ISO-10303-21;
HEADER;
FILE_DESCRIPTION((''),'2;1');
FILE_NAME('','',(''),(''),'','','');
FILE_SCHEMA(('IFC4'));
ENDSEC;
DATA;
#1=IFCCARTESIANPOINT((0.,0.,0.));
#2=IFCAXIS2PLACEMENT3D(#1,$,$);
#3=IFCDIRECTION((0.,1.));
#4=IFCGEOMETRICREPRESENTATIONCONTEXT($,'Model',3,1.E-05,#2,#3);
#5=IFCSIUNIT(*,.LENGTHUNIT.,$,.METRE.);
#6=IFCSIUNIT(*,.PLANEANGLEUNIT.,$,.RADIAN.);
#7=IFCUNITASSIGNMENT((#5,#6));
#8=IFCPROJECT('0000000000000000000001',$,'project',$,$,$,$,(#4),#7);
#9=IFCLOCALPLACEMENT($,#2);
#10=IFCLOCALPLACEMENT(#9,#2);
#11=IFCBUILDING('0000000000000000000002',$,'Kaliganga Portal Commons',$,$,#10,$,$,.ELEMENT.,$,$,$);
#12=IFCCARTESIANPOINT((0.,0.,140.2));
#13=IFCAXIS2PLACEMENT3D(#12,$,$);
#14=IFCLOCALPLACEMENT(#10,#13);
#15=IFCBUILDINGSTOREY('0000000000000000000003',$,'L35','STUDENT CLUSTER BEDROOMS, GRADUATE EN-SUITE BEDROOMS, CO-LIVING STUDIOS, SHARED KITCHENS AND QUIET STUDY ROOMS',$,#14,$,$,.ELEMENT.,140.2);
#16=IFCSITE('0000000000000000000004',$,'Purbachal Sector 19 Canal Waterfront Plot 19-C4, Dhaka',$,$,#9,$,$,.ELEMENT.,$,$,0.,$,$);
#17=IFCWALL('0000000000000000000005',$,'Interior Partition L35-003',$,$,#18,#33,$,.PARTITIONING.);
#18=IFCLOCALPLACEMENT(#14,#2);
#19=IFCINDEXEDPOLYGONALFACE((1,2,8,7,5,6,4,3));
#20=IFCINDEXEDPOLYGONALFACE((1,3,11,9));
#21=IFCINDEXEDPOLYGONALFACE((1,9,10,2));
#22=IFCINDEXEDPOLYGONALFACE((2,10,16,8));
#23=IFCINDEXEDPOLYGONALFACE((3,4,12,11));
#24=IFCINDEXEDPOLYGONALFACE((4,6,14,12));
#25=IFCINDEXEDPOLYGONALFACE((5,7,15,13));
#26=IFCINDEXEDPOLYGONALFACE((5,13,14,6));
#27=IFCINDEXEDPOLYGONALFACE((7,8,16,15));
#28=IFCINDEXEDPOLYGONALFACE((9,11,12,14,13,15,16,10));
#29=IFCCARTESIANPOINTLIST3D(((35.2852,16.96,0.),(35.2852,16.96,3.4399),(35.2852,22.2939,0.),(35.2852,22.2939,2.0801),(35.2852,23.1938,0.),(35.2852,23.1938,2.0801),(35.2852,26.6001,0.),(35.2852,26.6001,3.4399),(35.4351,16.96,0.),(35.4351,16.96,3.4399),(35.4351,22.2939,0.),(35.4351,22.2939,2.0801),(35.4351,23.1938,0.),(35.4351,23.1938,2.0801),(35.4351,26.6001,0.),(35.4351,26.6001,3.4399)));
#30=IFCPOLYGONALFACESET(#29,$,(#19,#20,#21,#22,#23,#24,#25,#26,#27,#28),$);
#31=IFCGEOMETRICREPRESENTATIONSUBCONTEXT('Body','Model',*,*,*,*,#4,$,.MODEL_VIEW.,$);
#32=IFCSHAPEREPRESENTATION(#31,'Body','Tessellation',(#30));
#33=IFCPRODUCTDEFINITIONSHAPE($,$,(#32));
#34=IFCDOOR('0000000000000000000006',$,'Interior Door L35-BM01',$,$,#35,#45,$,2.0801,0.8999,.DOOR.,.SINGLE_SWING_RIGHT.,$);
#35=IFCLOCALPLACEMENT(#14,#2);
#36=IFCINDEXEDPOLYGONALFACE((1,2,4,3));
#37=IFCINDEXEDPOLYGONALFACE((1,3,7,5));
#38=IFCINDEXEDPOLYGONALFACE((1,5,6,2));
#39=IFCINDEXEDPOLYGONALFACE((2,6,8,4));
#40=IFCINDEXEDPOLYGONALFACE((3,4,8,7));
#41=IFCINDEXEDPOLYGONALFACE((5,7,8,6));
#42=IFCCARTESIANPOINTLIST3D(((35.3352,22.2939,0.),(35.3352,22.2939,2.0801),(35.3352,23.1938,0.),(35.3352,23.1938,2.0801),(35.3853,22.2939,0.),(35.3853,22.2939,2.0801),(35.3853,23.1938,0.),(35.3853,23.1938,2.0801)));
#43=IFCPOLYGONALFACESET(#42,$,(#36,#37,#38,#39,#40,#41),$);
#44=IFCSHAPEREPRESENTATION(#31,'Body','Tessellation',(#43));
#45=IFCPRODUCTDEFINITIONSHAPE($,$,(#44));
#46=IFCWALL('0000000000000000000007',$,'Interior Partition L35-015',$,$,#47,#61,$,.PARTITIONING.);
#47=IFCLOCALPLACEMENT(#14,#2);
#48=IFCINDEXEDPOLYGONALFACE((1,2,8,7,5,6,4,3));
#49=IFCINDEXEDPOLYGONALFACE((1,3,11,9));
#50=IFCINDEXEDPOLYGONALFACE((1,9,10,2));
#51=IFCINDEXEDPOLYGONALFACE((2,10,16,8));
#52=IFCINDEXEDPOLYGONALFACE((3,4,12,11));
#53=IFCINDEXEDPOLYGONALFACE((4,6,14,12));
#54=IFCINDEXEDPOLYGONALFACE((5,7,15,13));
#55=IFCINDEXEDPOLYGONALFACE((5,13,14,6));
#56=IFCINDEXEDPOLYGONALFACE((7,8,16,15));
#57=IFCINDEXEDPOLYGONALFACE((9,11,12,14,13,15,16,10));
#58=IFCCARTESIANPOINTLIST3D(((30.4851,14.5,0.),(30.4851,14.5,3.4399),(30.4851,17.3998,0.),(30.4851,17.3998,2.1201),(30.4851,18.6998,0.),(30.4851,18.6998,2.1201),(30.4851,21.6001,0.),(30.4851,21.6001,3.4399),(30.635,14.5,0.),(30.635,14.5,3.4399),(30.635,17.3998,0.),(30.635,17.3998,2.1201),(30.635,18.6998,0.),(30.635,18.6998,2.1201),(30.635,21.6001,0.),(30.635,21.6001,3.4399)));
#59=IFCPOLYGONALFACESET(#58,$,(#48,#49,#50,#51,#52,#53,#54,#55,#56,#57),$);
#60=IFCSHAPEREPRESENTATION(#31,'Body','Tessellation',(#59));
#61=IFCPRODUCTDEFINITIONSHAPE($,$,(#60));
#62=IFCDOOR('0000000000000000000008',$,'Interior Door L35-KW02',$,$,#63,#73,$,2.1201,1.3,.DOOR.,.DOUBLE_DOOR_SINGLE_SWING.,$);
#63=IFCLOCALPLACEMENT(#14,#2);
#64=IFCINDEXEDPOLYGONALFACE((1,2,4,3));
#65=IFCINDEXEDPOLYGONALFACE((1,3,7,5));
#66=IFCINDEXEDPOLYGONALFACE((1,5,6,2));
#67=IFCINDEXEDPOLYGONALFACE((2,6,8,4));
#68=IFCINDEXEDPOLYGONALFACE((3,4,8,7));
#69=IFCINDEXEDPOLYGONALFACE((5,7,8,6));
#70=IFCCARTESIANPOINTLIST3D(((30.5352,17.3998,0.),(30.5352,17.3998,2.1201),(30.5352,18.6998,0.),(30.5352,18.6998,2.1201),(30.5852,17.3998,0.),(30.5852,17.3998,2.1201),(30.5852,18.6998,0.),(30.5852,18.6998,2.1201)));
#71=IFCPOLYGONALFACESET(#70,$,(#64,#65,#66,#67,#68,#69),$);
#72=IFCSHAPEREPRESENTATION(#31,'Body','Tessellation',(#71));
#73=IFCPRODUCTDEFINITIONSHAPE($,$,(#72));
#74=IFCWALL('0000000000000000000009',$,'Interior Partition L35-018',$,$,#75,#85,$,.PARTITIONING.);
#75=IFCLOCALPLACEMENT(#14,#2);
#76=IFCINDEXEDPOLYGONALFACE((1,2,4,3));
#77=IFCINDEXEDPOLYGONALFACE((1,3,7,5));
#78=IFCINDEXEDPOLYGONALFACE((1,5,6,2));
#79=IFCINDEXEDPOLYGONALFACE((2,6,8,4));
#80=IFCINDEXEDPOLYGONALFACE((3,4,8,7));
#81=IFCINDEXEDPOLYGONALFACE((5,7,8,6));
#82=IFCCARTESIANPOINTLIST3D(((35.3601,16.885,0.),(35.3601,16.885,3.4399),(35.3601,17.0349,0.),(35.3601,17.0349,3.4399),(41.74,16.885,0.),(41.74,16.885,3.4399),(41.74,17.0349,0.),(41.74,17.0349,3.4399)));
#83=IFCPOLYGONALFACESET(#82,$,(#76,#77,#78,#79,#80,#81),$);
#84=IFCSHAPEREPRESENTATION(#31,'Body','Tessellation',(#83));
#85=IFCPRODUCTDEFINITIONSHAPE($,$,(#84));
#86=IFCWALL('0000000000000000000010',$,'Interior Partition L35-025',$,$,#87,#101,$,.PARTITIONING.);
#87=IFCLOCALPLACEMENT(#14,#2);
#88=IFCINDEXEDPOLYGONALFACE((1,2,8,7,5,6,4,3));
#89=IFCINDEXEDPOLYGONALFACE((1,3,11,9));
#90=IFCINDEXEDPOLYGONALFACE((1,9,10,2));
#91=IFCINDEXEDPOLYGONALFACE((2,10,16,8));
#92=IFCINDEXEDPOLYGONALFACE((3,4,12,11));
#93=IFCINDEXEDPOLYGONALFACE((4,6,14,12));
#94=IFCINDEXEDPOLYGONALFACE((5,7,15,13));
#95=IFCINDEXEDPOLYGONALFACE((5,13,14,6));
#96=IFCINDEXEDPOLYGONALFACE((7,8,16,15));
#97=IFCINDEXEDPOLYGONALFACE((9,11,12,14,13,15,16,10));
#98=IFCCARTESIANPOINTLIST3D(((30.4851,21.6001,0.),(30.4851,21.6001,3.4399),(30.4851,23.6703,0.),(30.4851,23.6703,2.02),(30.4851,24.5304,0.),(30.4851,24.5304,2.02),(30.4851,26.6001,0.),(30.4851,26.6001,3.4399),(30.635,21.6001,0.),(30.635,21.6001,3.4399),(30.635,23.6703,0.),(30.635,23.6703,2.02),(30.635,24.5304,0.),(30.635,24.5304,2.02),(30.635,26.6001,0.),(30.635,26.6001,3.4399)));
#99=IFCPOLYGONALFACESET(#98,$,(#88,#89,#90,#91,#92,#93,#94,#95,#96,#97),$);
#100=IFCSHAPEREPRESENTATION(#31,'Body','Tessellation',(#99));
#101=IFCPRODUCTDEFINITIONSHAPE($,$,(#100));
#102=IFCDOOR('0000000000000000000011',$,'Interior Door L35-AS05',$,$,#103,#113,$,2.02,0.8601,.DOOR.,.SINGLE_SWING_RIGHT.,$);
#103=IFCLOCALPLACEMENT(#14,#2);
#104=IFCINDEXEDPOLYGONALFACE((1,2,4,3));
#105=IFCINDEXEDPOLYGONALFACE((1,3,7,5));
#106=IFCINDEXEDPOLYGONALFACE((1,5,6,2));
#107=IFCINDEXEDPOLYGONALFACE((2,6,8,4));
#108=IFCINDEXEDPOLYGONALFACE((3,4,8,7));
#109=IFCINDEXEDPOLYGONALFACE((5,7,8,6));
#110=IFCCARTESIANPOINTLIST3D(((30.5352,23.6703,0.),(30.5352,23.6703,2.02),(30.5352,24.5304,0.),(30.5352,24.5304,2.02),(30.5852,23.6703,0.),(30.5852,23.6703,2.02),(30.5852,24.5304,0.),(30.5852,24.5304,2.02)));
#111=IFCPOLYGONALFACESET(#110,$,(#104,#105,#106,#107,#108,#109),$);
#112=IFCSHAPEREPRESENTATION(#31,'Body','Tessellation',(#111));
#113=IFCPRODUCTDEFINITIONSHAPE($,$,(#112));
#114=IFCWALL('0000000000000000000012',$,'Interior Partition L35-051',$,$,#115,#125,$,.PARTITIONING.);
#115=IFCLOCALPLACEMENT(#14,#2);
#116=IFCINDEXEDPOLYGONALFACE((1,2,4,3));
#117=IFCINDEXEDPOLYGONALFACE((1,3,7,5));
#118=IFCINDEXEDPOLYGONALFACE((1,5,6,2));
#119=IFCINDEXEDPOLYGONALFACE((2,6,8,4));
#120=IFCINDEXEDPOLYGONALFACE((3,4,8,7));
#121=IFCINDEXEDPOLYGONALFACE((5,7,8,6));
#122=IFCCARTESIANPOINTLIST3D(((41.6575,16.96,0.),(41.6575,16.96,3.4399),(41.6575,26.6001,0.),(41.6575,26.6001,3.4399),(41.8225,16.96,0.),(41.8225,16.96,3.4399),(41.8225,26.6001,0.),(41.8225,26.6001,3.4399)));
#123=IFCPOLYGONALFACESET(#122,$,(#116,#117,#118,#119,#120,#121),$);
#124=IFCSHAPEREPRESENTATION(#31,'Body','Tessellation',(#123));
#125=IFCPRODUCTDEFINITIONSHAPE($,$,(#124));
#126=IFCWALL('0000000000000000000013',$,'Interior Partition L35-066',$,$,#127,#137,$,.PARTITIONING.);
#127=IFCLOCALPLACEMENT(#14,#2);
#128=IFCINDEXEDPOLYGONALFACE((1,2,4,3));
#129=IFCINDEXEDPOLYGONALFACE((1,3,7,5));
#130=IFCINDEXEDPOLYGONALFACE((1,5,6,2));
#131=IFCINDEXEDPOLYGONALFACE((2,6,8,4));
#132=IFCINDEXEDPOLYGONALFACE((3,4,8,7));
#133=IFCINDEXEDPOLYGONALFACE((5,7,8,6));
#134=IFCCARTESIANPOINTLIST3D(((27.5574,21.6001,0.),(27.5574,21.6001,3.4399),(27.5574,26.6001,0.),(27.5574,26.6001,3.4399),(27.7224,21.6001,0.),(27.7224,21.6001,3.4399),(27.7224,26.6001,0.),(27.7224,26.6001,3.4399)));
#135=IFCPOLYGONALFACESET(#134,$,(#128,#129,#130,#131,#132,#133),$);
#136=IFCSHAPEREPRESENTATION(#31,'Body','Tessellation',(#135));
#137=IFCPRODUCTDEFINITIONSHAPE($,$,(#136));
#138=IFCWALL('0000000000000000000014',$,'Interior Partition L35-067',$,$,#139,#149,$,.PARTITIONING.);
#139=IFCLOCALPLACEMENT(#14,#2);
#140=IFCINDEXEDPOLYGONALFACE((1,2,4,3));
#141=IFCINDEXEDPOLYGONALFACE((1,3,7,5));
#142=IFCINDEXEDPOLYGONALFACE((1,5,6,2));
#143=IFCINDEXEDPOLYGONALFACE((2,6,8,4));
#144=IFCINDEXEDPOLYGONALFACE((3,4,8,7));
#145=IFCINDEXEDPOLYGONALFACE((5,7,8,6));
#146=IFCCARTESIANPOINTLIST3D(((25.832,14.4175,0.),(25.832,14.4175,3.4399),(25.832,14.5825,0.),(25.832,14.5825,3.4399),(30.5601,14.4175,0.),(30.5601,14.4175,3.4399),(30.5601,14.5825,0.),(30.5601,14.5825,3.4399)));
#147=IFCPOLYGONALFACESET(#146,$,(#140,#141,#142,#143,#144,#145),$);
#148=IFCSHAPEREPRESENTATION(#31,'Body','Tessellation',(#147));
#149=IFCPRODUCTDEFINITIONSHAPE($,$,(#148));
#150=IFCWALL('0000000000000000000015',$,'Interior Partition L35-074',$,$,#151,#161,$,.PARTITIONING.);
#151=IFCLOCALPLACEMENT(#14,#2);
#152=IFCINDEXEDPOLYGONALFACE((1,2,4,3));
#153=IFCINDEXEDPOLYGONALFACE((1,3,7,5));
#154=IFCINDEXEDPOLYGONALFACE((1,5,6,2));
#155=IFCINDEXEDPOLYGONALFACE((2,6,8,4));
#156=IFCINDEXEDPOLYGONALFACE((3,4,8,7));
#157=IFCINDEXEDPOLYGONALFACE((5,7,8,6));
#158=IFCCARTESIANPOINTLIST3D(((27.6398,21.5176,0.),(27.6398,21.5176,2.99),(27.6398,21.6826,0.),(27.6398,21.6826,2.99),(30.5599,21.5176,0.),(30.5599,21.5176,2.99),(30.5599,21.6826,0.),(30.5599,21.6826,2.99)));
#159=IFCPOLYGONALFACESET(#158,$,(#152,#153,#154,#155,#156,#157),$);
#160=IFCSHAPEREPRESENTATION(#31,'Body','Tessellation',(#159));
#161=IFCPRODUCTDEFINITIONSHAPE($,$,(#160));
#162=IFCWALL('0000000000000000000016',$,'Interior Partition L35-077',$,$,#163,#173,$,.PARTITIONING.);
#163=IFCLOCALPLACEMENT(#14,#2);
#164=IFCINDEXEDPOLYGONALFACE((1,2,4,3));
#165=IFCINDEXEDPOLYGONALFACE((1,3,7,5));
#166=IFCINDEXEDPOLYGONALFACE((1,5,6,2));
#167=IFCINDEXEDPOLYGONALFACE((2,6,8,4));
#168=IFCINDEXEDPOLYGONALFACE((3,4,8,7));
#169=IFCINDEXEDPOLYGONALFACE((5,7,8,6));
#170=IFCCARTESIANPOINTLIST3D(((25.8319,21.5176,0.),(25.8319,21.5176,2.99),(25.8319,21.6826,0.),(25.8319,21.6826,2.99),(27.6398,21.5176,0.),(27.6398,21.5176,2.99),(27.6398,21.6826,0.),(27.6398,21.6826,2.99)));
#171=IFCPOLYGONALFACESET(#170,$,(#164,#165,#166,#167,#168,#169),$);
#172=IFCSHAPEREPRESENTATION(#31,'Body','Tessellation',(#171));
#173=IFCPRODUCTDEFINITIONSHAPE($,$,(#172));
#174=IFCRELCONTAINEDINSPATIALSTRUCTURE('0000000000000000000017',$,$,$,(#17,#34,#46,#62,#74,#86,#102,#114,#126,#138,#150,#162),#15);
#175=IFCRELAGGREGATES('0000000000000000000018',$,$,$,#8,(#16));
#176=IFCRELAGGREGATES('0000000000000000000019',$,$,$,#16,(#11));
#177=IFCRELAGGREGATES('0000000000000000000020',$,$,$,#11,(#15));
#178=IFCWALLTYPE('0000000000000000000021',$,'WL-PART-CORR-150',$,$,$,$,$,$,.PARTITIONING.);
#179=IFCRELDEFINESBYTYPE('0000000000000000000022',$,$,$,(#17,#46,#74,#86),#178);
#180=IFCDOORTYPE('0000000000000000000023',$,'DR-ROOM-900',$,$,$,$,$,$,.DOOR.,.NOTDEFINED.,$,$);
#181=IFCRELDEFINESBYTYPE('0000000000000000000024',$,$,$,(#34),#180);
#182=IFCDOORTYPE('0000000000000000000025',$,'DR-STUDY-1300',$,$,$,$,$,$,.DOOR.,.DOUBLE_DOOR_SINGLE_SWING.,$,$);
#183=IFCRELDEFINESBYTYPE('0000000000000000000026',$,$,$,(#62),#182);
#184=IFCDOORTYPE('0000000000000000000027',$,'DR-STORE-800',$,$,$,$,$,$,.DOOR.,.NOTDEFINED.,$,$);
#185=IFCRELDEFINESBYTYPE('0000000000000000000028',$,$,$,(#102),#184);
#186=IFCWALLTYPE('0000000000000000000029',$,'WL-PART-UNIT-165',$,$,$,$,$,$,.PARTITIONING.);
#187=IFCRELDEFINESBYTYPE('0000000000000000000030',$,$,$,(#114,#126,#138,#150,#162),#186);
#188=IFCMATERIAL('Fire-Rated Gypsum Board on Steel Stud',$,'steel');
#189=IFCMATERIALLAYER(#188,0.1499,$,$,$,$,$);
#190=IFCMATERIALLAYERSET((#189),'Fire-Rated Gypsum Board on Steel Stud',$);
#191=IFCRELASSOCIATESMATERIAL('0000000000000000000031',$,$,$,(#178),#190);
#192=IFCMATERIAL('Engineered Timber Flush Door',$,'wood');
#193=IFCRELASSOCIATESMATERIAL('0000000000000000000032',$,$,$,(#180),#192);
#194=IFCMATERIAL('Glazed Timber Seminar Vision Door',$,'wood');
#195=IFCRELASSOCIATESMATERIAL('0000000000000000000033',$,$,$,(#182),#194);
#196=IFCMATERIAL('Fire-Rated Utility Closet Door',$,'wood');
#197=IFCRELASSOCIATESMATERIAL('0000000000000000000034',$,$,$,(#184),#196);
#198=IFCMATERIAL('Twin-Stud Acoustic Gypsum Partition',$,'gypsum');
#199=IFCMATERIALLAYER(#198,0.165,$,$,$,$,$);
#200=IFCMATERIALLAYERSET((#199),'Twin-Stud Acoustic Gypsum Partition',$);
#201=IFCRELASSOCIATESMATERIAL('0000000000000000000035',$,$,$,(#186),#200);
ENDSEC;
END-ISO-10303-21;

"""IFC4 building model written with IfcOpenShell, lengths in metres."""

from ifc_helpers import new_model, si_unit, direction, frame, frame_2d, origin, place, context, subcontext, project, spatial, rectangle, extrude, material, layer, layer_set, type_object, element, fill, save


model = new_model("IFC4")

# Units and contexts
model_context = context("Model", 3, precision=1e-05, world=origin(), true_north=direction((0.0, 1.0)))
body_context = subcontext(model_context, "Body", "Model", "MODEL_VIEW")
ifc_project = project(units=[si_unit("LENGTHUNIT", "METRE"), si_unit("PLANEANGLEUNIT", "RADIAN")], contexts=[model_context])

# Site, building, storey
site_placement = place(None, origin())
site = spatial("IfcSite", under=ifc_project, at=site_placement, Name="Purbachal Sector 19 Canal Waterfront Plot 19-C4, Dhaka", CompositionType="ELEMENT", RefElevation=0.0)
building_placement = place(site_placement, origin())
building = spatial("IfcBuilding", under=site, at=building_placement, Name="Kaliganga Portal Commons", CompositionType="ELEMENT")
storey_placement = place(building_placement, frame((0.0, 0.0, 140.2)))
storey = spatial("IfcBuildingStorey", under=building, at=storey_placement, Name="L35", Description="STUDENT CLUSTER BEDROOMS, GRADUATE EN-SUITE BEDROOMS, CO-LIVING STUDIOS, SHARED KITCHENS AND QUIET STUDY ROOMS", CompositionType="ELEMENT", Elevation=140.2)

# Walls, openings, doors
ifc_material_1 = material(Name="Fire-Rated Gypsum Board on Steel Stud", Category="steel")
ifc_layer_1 = layer(ifc_material_1, 0.1499)
ifc_layer_set_1 = layer_set([ifc_layer_1], Name="Fire-Rated Gypsum Board on Steel Stud")
wall_type_1 = type_object("IfcWallType", Name="WL-PART-CORR-150", PredefinedType="PARTITIONING", material=ifc_layer_set_1)
wall_1_placement = place(storey_placement, frame((35.3601, 16.96, 0.0), z_axis=(0.0, 0.0, 1.0), x_axis=(0.0, 1.0, 0.0)))
wall_1 = element("IfcWall", 1, at=wall_1_placement, inside=storey, type_object=wall_type_1, Name="Interior Partition L35-003", PredefinedType="PARTITIONING", context=body_context, shape_type="SweptSolid", body=[
    extrude(rectangle(XDim=9.6401, YDim=0.1499, at=frame_2d((4.8201, 0.0))), origin(), (0.0, 0.0, 1.0), 3.4399),
])
opening_1_placement = place(wall_1_placement, frame((5.334, 0.0, 0.0)))
opening_1 = element("IfcOpeningElement", 2, at=opening_1_placement, cuts=wall_1, PredefinedType="OPENING", context=body_context, shape_type="SweptSolid", body=[
    extrude(rectangle(XDim=0.8999, YDim=2.0801, at=frame_2d((0.45, 1.04))), frame((0.0, 0.085, 0.0), z_axis=(0.0, -1.0, 0.0), x_axis=(1.0, 0.0, 0.0)), (0.0, 0.0, 1.0), 0.1699),
])
ifc_material_2 = material(Name="Engineered Timber Flush Door", Category="wood")
door_type_1 = type_object("IfcDoorType", Name="DR-ROOM-900", OperationType="NOTDEFINED", PredefinedType="DOOR", material=ifc_material_2)
door_1_placement = place(opening_1_placement, origin())
door_1 = element("IfcDoor", 3, at=door_1_placement, inside=storey, type_object=door_type_1, Name="Interior Door L35-BM01", OperationType="SINGLE_SWING_RIGHT", OverallHeight=2.0801, OverallWidth=0.8999, PredefinedType="DOOR", context=body_context, shape_type="SweptSolid", body=[
    extrude(rectangle(XDim=0.8999, YDim=2.0801, at=frame_2d((0.45, 1.04))), frame((0.0, 0.0249, 0.0), z_axis=(0.0, -1.0, 0.0), x_axis=(1.0, 0.0, 0.0)), (0.0, 0.0, 1.0), 0.05),
])
fill(opening_1, door_1)
wall_2_placement = place(storey_placement, frame((30.5601, 14.5, 0.0), z_axis=(0.0, 0.0, 1.0), x_axis=(0.0, 1.0, 0.0)))
wall_2 = element("IfcWall", 4, at=wall_2_placement, inside=storey, type_object=wall_type_1, Name="Interior Partition L35-015", PredefinedType="PARTITIONING", context=body_context, shape_type="SweptSolid", body=[
    extrude(rectangle(XDim=7.1001, YDim=0.1499, at=frame_2d((3.55, 0.0))), origin(), (0.0, 0.0, 1.0), 3.4399),
])
opening_2_placement = place(wall_2_placement, frame((2.8999, 0.0, 0.0)))
opening_2 = element("IfcOpeningElement", 5, at=opening_2_placement, cuts=wall_2, PredefinedType="OPENING", context=body_context, shape_type="SweptSolid", body=[
    extrude(rectangle(XDim=1.3, YDim=2.1201, at=frame_2d((0.6499, 1.0601))), frame((0.0, 0.085, 0.0), z_axis=(0.0, -1.0, 0.0), x_axis=(1.0, 0.0, 0.0)), (0.0, 0.0, 1.0), 0.1699),
])
ifc_material_3 = material(Name="Glazed Timber Seminar Vision Door", Category="wood")
door_type_2 = type_object("IfcDoorType", Name="DR-STUDY-1300", OperationType="DOUBLE_DOOR_SINGLE_SWING", PredefinedType="DOOR", material=ifc_material_3)
door_2_placement = place(opening_2_placement, origin())
door_2 = element("IfcDoor", 6, at=door_2_placement, inside=storey, type_object=door_type_2, Name="Interior Door L35-KW02", OperationType="DOUBLE_DOOR_SINGLE_SWING", OverallHeight=2.1201, OverallWidth=1.3, PredefinedType="DOOR", context=body_context, shape_type="SweptSolid", body=[
    extrude(rectangle(XDim=1.3, YDim=2.1201, at=frame_2d((0.6499, 1.0601))), frame((0.0, 0.0249, 0.0), z_axis=(0.0, -1.0, 0.0), x_axis=(1.0, 0.0, 0.0)), (0.0, 0.0, 1.0), 0.05),
])
fill(opening_2, door_2)

# Wall
wall_3_placement = place(storey_placement, frame((35.3601, 16.96, 0.0), z_axis=(0.0, 0.0, 1.0), x_axis=(1.0, 0.0, 0.0)))
element("IfcWall", 7, at=wall_3_placement, inside=storey, type_object=wall_type_1, Name="Interior Partition L35-018", PredefinedType="PARTITIONING", context=body_context, shape_type="SweptSolid", body=[
    extrude(rectangle(XDim=6.3799, YDim=0.1499, at=frame_2d((3.1899, 0.0))), origin(), (0.0, 0.0, 1.0), 3.4399),
])

# Wall, opening, door
wall_4_placement = place(storey_placement, frame((30.5601, 21.6001, 0.0), z_axis=(0.0, 0.0, 1.0), x_axis=(0.0, 1.0, 0.0)))
wall_4 = element("IfcWall", 8, at=wall_4_placement, inside=storey, type_object=wall_type_1, Name="Interior Partition L35-025", PredefinedType="PARTITIONING", context=body_context, shape_type="SweptSolid", body=[
    extrude(rectangle(XDim=5.0, YDim=0.1499, at=frame_2d((2.5, 0.0))), origin(), (0.0, 0.0, 1.0), 3.4399),
])
opening_3_placement = place(wall_4_placement, frame((2.0701, 0.0, 0.0)))
opening_3 = element("IfcOpeningElement", 9, at=opening_3_placement, cuts=wall_4, PredefinedType="OPENING", context=body_context, shape_type="SweptSolid", body=[
    extrude(rectangle(XDim=0.8601, YDim=2.02, at=frame_2d((0.4302, 1.01))), frame((0.0, 0.085, 0.0), z_axis=(0.0, -1.0, 0.0), x_axis=(1.0, 0.0, 0.0)), (0.0, 0.0, 1.0), 0.1699),
])
ifc_material_4 = material(Name="Fire-Rated Utility Closet Door", Category="wood")
door_type_3 = type_object("IfcDoorType", Name="DR-STORE-800", OperationType="NOTDEFINED", PredefinedType="DOOR", material=ifc_material_4)
door_3_placement = place(opening_3_placement, origin())
door_3 = element("IfcDoor", 10, at=door_3_placement, inside=storey, type_object=door_type_3, Name="Interior Door L35-AS05", OperationType="SINGLE_SWING_RIGHT", OverallHeight=2.02, OverallWidth=0.8601, PredefinedType="DOOR", context=body_context, shape_type="SweptSolid", body=[
    extrude(rectangle(XDim=0.8601, YDim=2.02, at=frame_2d((0.4302, 1.01))), frame((0.0, 0.0249, 0.0), z_axis=(0.0, -1.0, 0.0), x_axis=(1.0, 0.0, 0.0)), (0.0, 0.0, 1.0), 0.05),
])
fill(opening_3, door_3)

# Walls
ifc_material_5 = material(Name="Twin-Stud Acoustic Gypsum Partition", Category="gypsum")
ifc_layer_2 = layer(ifc_material_5, 0.165)
ifc_layer_set_2 = layer_set([ifc_layer_2], Name="Twin-Stud Acoustic Gypsum Partition")
wall_type_2 = type_object("IfcWallType", Name="WL-PART-UNIT-165", PredefinedType="PARTITIONING", material=ifc_layer_set_2)
wall_5_placement = place(storey_placement, frame((41.74, 16.96, 0.0), z_axis=(0.0, 0.0, 1.0), x_axis=(0.0, 1.0, 0.0)))
element("IfcWall", 11, at=wall_5_placement, inside=storey, type_object=wall_type_2, Name="Interior Partition L35-051", PredefinedType="PARTITIONING", context=body_context, shape_type="SweptSolid", body=[
    extrude(rectangle(XDim=9.6401, YDim=0.165, at=frame_2d((4.8201, 0.0))), origin(), (0.0, 0.0, 1.0), 3.4399),
])
wall_6_placement = place(storey_placement, frame((27.6399, 21.6001, 0.0), z_axis=(0.0, 0.0, 1.0), x_axis=(0.0, 1.0, 0.0)))
element("IfcWall", 12, at=wall_6_placement, inside=storey, type_object=wall_type_2, Name="Interior Partition L35-066", PredefinedType="PARTITIONING", context=body_context, shape_type="SweptSolid", body=[
    extrude(rectangle(XDim=5.0, YDim=0.165, at=frame_2d((2.5, 0.0))), origin(), (0.0, 0.0, 1.0), 3.4399),
])
wall_7_placement = place(storey_placement, frame((25.832, 14.5, 0.0), z_axis=(0.0, 0.0, 1.0), x_axis=(1.0, 0.0, 0.0)))
element("IfcWall", 13, at=wall_7_placement, inside=storey, type_object=wall_type_2, Name="Interior Partition L35-067", PredefinedType="PARTITIONING", context=body_context, shape_type="SweptSolid", body=[
    extrude(rectangle(XDim=4.728, YDim=0.165, at=frame_2d((2.364, 0.0))), origin(), (0.0, 0.0, 1.0), 3.4399),
])
wall_8_placement = place(storey_placement, frame((27.6399, 21.6001, 0.0), z_axis=(0.0, 0.0, 1.0), x_axis=(1.0, 0.0, 0.0)))
element("IfcWall", 14, at=wall_8_placement, inside=storey, type_object=wall_type_2, Name="Interior Partition L35-074", PredefinedType="PARTITIONING", context=body_context, shape_type="SweptSolid", body=[
    extrude(rectangle(XDim=2.9202, YDim=0.165, at=frame_2d((1.46, 0.0))), origin(), (0.0, 0.0, 1.0), 2.99),
])
wall_9_placement = place(storey_placement, frame((25.832, 21.6001, 0.0), z_axis=(0.0, 0.0, 1.0), x_axis=(1.0, 0.0, 0.0)))
element("IfcWall", 15, at=wall_9_placement, inside=storey, type_object=wall_type_2, Name="Interior Partition L35-077", PredefinedType="PARTITIONING", context=body_context, shape_type="SweptSolid", body=[
    extrude(rectangle(XDim=1.8079, YDim=0.165, at=frame_2d((0.9038, 0.0))), origin(), (0.0, 0.0, 1.0), 2.99),
])

save(model, "model.ifc")
